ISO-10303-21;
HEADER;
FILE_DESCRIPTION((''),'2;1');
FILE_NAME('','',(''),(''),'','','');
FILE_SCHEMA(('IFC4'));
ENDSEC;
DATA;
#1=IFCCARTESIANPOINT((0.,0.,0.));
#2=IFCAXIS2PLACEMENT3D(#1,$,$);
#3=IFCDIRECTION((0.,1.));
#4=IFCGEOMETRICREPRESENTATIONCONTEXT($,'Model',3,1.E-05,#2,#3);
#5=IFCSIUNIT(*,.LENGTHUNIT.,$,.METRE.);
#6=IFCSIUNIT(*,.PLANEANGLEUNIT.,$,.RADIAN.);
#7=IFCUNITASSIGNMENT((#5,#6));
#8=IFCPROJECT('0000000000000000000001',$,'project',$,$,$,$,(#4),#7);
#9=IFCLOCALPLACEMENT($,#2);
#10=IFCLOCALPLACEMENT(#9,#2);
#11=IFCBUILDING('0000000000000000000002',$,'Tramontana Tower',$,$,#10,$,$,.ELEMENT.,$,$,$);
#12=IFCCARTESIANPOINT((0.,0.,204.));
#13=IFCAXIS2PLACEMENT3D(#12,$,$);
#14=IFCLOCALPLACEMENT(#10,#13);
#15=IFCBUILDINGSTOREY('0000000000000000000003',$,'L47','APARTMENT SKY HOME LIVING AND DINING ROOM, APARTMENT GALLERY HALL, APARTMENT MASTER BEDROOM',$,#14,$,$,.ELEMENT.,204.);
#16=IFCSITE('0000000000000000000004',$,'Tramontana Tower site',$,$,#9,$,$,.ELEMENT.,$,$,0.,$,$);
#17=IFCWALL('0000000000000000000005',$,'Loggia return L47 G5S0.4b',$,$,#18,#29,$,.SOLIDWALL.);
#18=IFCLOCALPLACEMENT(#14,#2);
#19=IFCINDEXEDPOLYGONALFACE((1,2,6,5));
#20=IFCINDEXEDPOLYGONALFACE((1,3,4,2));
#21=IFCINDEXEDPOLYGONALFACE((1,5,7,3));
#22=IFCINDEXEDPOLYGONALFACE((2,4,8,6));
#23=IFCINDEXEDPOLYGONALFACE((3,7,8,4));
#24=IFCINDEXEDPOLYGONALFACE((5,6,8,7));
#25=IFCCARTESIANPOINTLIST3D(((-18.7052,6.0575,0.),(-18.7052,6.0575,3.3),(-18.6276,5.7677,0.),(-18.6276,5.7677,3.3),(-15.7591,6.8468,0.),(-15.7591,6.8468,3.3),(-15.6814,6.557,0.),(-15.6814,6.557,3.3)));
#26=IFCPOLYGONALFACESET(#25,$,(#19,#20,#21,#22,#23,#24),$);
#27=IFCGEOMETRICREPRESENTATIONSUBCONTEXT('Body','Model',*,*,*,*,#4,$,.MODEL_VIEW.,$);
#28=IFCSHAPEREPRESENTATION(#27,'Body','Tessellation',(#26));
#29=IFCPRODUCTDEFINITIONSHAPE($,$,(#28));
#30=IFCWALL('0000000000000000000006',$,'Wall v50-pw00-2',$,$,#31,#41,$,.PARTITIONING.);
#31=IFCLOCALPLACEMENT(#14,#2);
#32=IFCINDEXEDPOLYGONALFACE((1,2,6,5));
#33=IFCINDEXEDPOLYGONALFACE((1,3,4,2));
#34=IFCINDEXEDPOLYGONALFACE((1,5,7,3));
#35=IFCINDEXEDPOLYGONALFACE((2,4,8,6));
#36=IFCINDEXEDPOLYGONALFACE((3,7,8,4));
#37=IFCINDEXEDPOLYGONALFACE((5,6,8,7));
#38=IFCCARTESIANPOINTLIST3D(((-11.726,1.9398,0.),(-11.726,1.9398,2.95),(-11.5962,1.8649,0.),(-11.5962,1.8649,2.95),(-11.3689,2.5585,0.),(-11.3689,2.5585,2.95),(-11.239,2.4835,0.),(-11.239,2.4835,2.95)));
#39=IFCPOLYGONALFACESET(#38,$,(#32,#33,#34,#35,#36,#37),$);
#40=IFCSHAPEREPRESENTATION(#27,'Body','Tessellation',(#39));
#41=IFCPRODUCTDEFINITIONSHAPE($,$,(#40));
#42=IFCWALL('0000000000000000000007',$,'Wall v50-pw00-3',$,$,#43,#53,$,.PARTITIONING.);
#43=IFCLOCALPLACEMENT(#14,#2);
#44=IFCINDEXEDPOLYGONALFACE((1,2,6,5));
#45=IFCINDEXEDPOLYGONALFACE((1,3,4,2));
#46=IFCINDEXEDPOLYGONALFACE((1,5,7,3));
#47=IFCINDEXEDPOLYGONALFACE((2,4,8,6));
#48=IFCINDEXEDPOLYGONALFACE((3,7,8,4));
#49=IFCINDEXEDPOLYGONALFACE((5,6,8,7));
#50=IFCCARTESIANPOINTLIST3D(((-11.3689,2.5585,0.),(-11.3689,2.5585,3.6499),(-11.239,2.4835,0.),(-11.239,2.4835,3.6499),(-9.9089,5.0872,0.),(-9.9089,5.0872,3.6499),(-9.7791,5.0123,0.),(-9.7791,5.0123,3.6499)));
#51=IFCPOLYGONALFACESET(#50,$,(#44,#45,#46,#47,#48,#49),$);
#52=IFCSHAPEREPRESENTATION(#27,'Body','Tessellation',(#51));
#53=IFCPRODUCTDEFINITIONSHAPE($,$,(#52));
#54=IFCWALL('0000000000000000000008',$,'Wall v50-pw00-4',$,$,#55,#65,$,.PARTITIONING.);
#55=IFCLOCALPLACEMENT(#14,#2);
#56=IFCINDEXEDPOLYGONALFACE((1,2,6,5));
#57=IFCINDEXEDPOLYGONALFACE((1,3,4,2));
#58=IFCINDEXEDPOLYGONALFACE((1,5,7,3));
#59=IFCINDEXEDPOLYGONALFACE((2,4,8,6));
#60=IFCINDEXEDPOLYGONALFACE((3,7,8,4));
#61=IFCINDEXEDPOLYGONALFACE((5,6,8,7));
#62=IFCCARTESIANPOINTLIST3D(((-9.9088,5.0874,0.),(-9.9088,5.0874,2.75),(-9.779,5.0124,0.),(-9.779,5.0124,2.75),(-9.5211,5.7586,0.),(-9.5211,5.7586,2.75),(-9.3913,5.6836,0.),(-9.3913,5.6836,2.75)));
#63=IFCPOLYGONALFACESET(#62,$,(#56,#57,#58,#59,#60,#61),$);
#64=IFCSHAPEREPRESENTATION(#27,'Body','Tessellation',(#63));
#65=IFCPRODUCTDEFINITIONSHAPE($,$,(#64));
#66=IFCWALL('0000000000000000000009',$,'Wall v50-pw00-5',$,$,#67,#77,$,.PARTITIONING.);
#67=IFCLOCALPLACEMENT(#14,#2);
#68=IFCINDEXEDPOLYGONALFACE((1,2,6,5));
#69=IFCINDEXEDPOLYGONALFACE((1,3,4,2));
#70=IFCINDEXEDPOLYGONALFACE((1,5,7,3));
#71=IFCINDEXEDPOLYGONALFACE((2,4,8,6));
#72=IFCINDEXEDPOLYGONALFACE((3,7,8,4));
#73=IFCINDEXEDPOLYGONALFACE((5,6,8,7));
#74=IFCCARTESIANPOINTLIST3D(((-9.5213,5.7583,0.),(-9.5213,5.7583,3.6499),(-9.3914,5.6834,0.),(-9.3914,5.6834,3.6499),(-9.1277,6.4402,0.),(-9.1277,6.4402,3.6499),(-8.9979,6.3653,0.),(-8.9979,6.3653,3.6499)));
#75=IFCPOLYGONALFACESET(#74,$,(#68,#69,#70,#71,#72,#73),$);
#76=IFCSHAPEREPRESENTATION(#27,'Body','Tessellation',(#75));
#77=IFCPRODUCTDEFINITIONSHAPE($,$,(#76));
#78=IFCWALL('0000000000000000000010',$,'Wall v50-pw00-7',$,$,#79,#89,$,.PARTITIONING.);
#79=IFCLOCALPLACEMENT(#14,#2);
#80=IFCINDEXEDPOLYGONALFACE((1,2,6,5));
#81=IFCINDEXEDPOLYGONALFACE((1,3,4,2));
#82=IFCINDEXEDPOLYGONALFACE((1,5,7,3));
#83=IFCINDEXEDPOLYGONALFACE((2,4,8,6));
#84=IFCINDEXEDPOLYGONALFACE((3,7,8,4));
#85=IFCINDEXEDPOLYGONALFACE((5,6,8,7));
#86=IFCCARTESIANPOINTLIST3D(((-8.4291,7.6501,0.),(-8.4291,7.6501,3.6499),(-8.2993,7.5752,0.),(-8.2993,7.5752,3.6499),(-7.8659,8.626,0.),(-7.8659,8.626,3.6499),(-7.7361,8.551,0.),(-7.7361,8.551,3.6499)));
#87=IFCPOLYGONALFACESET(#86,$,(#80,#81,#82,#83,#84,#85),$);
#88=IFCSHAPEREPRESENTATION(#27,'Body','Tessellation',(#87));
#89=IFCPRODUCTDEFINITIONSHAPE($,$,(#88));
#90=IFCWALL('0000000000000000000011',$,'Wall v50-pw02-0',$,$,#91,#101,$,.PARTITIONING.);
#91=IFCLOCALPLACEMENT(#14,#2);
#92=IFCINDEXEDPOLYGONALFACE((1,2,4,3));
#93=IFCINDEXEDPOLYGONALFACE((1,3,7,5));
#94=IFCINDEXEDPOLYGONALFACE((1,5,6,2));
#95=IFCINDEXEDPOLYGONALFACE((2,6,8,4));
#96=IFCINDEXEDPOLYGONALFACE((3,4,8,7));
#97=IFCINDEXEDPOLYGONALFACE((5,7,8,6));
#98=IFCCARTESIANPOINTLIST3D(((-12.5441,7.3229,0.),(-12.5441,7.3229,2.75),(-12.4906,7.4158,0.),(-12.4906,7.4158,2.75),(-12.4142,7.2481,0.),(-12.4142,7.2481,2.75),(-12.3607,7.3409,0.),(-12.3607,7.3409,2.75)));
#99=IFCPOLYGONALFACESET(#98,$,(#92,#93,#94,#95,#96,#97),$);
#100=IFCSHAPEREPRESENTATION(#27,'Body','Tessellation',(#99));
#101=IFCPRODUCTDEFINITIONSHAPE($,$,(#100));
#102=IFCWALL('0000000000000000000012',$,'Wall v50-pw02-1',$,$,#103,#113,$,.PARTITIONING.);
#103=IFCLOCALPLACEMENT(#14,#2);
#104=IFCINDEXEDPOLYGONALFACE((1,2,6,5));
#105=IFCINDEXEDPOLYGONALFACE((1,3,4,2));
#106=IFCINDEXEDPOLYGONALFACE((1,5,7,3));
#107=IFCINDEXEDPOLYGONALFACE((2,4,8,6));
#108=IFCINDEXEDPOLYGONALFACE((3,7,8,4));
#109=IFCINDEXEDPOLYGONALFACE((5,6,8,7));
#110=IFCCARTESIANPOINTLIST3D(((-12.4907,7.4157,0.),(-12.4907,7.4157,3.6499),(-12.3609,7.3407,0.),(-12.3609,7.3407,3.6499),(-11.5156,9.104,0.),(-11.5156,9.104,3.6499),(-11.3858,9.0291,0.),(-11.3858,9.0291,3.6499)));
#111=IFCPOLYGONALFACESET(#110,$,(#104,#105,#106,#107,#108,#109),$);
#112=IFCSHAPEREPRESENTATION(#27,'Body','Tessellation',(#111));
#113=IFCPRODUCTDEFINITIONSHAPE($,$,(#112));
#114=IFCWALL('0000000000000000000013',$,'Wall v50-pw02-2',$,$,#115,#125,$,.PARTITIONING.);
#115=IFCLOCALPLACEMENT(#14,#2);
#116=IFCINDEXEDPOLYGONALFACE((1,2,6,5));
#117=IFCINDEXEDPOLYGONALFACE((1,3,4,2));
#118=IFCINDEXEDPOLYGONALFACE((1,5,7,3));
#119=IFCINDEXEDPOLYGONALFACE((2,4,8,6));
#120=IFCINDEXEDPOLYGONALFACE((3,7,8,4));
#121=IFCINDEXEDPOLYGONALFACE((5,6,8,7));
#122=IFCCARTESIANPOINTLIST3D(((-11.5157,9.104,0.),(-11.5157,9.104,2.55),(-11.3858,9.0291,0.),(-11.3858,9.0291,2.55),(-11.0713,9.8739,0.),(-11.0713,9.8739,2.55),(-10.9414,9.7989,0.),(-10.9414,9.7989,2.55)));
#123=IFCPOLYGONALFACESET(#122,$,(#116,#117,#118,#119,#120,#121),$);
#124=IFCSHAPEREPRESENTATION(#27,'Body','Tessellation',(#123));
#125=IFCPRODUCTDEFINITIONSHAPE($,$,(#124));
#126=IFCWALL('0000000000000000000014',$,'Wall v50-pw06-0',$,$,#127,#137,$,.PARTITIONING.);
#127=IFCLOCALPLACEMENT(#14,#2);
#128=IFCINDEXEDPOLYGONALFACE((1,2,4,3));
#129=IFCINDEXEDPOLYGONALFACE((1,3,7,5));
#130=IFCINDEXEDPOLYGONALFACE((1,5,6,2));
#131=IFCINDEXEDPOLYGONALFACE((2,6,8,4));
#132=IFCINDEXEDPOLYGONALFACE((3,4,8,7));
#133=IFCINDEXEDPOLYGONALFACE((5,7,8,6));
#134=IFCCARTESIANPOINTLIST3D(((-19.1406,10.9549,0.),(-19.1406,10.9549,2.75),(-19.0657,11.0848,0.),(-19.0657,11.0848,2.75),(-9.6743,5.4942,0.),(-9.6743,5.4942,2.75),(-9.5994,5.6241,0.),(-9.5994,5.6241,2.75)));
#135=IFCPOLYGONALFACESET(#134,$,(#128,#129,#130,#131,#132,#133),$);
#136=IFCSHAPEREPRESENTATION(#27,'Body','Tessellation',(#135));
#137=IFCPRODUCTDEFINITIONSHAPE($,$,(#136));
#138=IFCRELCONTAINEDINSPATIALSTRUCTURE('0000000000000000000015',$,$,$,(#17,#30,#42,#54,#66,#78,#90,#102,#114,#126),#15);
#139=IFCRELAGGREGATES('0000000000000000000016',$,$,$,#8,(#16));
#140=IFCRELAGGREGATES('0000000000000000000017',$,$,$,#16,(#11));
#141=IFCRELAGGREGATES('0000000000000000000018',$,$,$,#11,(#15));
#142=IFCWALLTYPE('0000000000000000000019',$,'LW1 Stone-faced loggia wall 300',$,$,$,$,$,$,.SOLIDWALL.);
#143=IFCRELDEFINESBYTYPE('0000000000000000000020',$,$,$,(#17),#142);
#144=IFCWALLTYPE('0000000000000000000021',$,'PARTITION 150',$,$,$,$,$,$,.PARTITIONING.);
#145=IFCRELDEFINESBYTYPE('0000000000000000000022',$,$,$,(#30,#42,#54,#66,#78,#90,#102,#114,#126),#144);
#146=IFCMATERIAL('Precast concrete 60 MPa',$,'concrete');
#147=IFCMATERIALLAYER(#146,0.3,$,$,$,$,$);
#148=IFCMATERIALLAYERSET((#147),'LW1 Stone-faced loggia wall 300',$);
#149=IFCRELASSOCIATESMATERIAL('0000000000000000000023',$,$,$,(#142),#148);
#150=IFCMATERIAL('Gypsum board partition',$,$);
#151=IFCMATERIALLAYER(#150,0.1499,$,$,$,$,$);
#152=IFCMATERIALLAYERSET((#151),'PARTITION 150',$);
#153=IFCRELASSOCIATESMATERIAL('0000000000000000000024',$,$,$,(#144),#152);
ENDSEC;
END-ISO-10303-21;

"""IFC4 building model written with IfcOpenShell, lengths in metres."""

from ifc_helpers import new_model, si_unit, direction, frame, frame_2d, origin, place, context, subcontext, project, spatial, rectangle, extrude, material, layer, layer_set, type_object, element, save


model = new_model("IFC4")

# Units and contexts
model_context = context("Model", 3, precision=1e-05, world=origin(), true_north=direction((0.0, 1.0)))
body_context = subcontext(model_context, "Body", "Model", "MODEL_VIEW")
ifc_project = project(units=[si_unit("LENGTHUNIT", "METRE"), si_unit("PLANEANGLEUNIT", "RADIAN")], contexts=[model_context])

# Site, building, storey
site_placement = place(None, origin())
site = spatial("IfcSite", under=ifc_project, at=site_placement, Name="Tramontana Tower site", CompositionType="ELEMENT", RefElevation=0.0)
building_placement = place(site_placement, origin())
building = spatial("IfcBuilding", under=site, at=building_placement, Name="Tramontana Tower", CompositionType="ELEMENT")
storey_placement = place(building_placement, frame((0.0, 0.0, 204.0)))
storey = spatial("IfcBuildingStorey", under=building, at=storey_placement, Name="L47", Description="APARTMENT SKY HOME LIVING AND DINING ROOM, APARTMENT GALLERY HALL, APARTMENT MASTER BEDROOM", CompositionType="ELEMENT", Elevation=204.0)

# Shared definitions
ifc_material_1 = material(Name="Precast concrete 60 MPa", Category="concrete")
ifc_layer_1 = layer(ifc_material_1, 0.3)
ifc_layer_set_1 = layer_set([ifc_layer_1], Name="LW1 Stone-faced loggia wall 300")
wall_type_1 = type_object("IfcWallType", Name="LW1 Stone-faced loggia wall 300", PredefinedType="SOLIDWALL", material=ifc_layer_set_1)

# Walls
wall_1_placement = place(storey_placement, frame((-18.6663, 5.9126, 0.0), z_axis=(0.0, 0.0, 1.0), x_axis=(0.965933, 0.258793, 0.0)))
element("IfcWall", 1, at=wall_1_placement, inside=storey, type_object=wall_type_1, Name="Loggia return L47 G5S0.4b", PredefinedType="SOLIDWALL", context=body_context, shape_type="SweptSolid", body=[
    extrude(rectangle(XDim=3.05, YDim=0.3, at=frame_2d((1.5249, 0.0))), origin(), (0.0, 0.0, 1.0), 3.3),
])
ifc_material_2 = material(Name="Gypsum board partition")
ifc_layer_2 = layer(ifc_material_2, 0.1499)
ifc_layer_set_2 = layer_set([ifc_layer_2], Name="PARTITION 150")
wall_type_2 = type_object("IfcWallType", Name="PARTITION 150", PredefinedType="PARTITIONING", material=ifc_layer_set_2)
wall_2_placement = place(storey_placement, frame((-11.6611, 1.9023, 0.0), z_axis=(0.0, 0.0, 1.0), x_axis=(0.499999, 0.866026, 0.0)))
element("IfcWall", 2, at=wall_2_placement, inside=storey, type_object=wall_type_2, Name="Wall v50-pw00-2", PredefinedType="PARTITIONING", context=body_context, shape_type="SweptSolid", body=[
    extrude(rectangle(XDim=0.7144, YDim=0.1499, at=frame_2d((0.3572, 0.0))), origin(), (0.0, 0.0, 1.0), 2.95),
])
wall_3_placement = place(storey_placement, frame((-11.304, 2.521, 0.0), z_axis=(0.0, 0.0, 1.0), x_axis=(0.499988, 0.866032, 0.0)))
element("IfcWall", 3, at=wall_3_placement, inside=storey, type_object=wall_type_2, Name="Wall v50-pw00-3", PredefinedType="PARTITIONING", context=body_context, shape_type="SweptSolid", body=[
    extrude(rectangle(XDim=2.9199, YDim=0.1499, at=frame_2d((1.46, 0.0))), origin(), (0.0, 0.0, 1.0), 3.6499),
])
wall_4_placement = place(storey_placement, frame((-9.844, 5.0498, 0.0), z_axis=(0.0, 0.0, 1.0), x_axis=(0.500204, 0.865908, 0.0)))
element("IfcWall", 4, at=wall_4_placement, inside=storey, type_object=wall_type_2, Name="Wall v50-pw00-4", PredefinedType="PARTITIONING", context=body_context, shape_type="SweptSolid", body=[
    extrude(rectangle(XDim=0.7751, YDim=0.1499, at=frame_2d((0.3877, 0.0))), origin(), (0.0, 0.0, 1.0), 2.75),
])
wall_5_placement = place(storey_placement, frame((-9.4563, 5.7209, 0.0), z_axis=(0.0, 0.0, 1.0), x_axis=(0.499875, 0.866098, 0.0)))
element("IfcWall", 5, at=wall_5_placement, inside=storey, type_object=wall_type_2, Name="Wall v50-pw00-5", PredefinedType="PARTITIONING", context=body_context, shape_type="SweptSolid", body=[
    extrude(rectangle(XDim=0.7874, YDim=0.1499, at=frame_2d((0.3936, 0.0))), origin(), (0.0, 0.0, 1.0), 3.6499),
])

# Walls
wall_6_placement = place(storey_placement, frame((-8.3643, 7.6125, 0.0), z_axis=(0.0, 0.0, 1.0), x_axis=(0.499891, 0.866088, 0.0)))
element("IfcWall", 6, at=wall_6_placement, inside=storey, type_object=wall_type_2, Name="Wall v50-pw00-7", PredefinedType="PARTITIONING", context=body_context, shape_type="SweptSolid", body=[
    extrude(rectangle(XDim=1.1267, YDim=0.1499, at=frame_2d((0.5635, 0.0))), origin(), (0.0, 0.0, 1.0), 3.6499),
])
wall_7_placement = place(storey_placement, frame((-12.4792, 7.2854, 0.0), z_axis=(0.0, 0.0, 1.0), x_axis=(0.499328, 0.866413, 0.0)))
element("IfcWall", 7, at=wall_7_placement, inside=storey, type_object=wall_type_2, Name="Wall v50-pw02-0", PredefinedType="PARTITIONING", context=body_context, shape_type="SweptSolid", body=[
    extrude(rectangle(XDim=0.1072, YDim=0.1499, at=frame_2d((0.0537, 0.0))), origin(), (0.0, 0.0, 1.0), 2.75),
])
wall_8_placement = place(storey_placement, frame((-12.4258, 7.3782, 0.0), z_axis=(0.0, 0.0, 1.0), x_axis=(0.500098, 0.865969, 0.0)))
element("IfcWall", 8, at=wall_8_placement, inside=storey, type_object=wall_type_2, Name="Wall v50-pw02-1", PredefinedType="PARTITIONING", context=body_context, shape_type="SweptSolid", body=[
    extrude(rectangle(XDim=1.9497, YDim=0.1499, at=frame_2d((0.9749, 0.0))), origin(), (0.0, 0.0, 1.0), 3.6499),
])
wall_9_placement = place(storey_placement, frame((-11.4507, 9.0667, 0.0), z_axis=(0.0, 0.0, 1.0), x_axis=(0.499921, 0.866071, 0.0)))
element("IfcWall", 9, at=wall_9_placement, inside=storey, type_object=wall_type_2, Name="Wall v50-pw02-2", PredefinedType="PARTITIONING", context=body_context, shape_type="SweptSolid", body=[
    extrude(rectangle(XDim=0.8889, YDim=0.1499, at=frame_2d((0.4443, 0.0))), origin(), (0.0, 0.0, 1.0), 2.55),
])
wall_10_placement = place(storey_placement, frame((-9.6367, 5.5591, 0.0), z_axis=(0.0, 0.0, 1.0), x_axis=(-0.866211, 0.499679, 0.0)))
element("IfcWall", 10, at=wall_10_placement, inside=storey, type_object=wall_type_2, Name="Wall v50-pw06-0", PredefinedType="PARTITIONING", context=body_context, shape_type="SweptSolid", body=[
    extrude(rectangle(XDim=10.9285, YDim=0.1499, at=frame_2d((5.4644, 0.0))), origin(), (0.0, 0.0, 1.0), 2.75),
])

save(model, "model.ifc")
